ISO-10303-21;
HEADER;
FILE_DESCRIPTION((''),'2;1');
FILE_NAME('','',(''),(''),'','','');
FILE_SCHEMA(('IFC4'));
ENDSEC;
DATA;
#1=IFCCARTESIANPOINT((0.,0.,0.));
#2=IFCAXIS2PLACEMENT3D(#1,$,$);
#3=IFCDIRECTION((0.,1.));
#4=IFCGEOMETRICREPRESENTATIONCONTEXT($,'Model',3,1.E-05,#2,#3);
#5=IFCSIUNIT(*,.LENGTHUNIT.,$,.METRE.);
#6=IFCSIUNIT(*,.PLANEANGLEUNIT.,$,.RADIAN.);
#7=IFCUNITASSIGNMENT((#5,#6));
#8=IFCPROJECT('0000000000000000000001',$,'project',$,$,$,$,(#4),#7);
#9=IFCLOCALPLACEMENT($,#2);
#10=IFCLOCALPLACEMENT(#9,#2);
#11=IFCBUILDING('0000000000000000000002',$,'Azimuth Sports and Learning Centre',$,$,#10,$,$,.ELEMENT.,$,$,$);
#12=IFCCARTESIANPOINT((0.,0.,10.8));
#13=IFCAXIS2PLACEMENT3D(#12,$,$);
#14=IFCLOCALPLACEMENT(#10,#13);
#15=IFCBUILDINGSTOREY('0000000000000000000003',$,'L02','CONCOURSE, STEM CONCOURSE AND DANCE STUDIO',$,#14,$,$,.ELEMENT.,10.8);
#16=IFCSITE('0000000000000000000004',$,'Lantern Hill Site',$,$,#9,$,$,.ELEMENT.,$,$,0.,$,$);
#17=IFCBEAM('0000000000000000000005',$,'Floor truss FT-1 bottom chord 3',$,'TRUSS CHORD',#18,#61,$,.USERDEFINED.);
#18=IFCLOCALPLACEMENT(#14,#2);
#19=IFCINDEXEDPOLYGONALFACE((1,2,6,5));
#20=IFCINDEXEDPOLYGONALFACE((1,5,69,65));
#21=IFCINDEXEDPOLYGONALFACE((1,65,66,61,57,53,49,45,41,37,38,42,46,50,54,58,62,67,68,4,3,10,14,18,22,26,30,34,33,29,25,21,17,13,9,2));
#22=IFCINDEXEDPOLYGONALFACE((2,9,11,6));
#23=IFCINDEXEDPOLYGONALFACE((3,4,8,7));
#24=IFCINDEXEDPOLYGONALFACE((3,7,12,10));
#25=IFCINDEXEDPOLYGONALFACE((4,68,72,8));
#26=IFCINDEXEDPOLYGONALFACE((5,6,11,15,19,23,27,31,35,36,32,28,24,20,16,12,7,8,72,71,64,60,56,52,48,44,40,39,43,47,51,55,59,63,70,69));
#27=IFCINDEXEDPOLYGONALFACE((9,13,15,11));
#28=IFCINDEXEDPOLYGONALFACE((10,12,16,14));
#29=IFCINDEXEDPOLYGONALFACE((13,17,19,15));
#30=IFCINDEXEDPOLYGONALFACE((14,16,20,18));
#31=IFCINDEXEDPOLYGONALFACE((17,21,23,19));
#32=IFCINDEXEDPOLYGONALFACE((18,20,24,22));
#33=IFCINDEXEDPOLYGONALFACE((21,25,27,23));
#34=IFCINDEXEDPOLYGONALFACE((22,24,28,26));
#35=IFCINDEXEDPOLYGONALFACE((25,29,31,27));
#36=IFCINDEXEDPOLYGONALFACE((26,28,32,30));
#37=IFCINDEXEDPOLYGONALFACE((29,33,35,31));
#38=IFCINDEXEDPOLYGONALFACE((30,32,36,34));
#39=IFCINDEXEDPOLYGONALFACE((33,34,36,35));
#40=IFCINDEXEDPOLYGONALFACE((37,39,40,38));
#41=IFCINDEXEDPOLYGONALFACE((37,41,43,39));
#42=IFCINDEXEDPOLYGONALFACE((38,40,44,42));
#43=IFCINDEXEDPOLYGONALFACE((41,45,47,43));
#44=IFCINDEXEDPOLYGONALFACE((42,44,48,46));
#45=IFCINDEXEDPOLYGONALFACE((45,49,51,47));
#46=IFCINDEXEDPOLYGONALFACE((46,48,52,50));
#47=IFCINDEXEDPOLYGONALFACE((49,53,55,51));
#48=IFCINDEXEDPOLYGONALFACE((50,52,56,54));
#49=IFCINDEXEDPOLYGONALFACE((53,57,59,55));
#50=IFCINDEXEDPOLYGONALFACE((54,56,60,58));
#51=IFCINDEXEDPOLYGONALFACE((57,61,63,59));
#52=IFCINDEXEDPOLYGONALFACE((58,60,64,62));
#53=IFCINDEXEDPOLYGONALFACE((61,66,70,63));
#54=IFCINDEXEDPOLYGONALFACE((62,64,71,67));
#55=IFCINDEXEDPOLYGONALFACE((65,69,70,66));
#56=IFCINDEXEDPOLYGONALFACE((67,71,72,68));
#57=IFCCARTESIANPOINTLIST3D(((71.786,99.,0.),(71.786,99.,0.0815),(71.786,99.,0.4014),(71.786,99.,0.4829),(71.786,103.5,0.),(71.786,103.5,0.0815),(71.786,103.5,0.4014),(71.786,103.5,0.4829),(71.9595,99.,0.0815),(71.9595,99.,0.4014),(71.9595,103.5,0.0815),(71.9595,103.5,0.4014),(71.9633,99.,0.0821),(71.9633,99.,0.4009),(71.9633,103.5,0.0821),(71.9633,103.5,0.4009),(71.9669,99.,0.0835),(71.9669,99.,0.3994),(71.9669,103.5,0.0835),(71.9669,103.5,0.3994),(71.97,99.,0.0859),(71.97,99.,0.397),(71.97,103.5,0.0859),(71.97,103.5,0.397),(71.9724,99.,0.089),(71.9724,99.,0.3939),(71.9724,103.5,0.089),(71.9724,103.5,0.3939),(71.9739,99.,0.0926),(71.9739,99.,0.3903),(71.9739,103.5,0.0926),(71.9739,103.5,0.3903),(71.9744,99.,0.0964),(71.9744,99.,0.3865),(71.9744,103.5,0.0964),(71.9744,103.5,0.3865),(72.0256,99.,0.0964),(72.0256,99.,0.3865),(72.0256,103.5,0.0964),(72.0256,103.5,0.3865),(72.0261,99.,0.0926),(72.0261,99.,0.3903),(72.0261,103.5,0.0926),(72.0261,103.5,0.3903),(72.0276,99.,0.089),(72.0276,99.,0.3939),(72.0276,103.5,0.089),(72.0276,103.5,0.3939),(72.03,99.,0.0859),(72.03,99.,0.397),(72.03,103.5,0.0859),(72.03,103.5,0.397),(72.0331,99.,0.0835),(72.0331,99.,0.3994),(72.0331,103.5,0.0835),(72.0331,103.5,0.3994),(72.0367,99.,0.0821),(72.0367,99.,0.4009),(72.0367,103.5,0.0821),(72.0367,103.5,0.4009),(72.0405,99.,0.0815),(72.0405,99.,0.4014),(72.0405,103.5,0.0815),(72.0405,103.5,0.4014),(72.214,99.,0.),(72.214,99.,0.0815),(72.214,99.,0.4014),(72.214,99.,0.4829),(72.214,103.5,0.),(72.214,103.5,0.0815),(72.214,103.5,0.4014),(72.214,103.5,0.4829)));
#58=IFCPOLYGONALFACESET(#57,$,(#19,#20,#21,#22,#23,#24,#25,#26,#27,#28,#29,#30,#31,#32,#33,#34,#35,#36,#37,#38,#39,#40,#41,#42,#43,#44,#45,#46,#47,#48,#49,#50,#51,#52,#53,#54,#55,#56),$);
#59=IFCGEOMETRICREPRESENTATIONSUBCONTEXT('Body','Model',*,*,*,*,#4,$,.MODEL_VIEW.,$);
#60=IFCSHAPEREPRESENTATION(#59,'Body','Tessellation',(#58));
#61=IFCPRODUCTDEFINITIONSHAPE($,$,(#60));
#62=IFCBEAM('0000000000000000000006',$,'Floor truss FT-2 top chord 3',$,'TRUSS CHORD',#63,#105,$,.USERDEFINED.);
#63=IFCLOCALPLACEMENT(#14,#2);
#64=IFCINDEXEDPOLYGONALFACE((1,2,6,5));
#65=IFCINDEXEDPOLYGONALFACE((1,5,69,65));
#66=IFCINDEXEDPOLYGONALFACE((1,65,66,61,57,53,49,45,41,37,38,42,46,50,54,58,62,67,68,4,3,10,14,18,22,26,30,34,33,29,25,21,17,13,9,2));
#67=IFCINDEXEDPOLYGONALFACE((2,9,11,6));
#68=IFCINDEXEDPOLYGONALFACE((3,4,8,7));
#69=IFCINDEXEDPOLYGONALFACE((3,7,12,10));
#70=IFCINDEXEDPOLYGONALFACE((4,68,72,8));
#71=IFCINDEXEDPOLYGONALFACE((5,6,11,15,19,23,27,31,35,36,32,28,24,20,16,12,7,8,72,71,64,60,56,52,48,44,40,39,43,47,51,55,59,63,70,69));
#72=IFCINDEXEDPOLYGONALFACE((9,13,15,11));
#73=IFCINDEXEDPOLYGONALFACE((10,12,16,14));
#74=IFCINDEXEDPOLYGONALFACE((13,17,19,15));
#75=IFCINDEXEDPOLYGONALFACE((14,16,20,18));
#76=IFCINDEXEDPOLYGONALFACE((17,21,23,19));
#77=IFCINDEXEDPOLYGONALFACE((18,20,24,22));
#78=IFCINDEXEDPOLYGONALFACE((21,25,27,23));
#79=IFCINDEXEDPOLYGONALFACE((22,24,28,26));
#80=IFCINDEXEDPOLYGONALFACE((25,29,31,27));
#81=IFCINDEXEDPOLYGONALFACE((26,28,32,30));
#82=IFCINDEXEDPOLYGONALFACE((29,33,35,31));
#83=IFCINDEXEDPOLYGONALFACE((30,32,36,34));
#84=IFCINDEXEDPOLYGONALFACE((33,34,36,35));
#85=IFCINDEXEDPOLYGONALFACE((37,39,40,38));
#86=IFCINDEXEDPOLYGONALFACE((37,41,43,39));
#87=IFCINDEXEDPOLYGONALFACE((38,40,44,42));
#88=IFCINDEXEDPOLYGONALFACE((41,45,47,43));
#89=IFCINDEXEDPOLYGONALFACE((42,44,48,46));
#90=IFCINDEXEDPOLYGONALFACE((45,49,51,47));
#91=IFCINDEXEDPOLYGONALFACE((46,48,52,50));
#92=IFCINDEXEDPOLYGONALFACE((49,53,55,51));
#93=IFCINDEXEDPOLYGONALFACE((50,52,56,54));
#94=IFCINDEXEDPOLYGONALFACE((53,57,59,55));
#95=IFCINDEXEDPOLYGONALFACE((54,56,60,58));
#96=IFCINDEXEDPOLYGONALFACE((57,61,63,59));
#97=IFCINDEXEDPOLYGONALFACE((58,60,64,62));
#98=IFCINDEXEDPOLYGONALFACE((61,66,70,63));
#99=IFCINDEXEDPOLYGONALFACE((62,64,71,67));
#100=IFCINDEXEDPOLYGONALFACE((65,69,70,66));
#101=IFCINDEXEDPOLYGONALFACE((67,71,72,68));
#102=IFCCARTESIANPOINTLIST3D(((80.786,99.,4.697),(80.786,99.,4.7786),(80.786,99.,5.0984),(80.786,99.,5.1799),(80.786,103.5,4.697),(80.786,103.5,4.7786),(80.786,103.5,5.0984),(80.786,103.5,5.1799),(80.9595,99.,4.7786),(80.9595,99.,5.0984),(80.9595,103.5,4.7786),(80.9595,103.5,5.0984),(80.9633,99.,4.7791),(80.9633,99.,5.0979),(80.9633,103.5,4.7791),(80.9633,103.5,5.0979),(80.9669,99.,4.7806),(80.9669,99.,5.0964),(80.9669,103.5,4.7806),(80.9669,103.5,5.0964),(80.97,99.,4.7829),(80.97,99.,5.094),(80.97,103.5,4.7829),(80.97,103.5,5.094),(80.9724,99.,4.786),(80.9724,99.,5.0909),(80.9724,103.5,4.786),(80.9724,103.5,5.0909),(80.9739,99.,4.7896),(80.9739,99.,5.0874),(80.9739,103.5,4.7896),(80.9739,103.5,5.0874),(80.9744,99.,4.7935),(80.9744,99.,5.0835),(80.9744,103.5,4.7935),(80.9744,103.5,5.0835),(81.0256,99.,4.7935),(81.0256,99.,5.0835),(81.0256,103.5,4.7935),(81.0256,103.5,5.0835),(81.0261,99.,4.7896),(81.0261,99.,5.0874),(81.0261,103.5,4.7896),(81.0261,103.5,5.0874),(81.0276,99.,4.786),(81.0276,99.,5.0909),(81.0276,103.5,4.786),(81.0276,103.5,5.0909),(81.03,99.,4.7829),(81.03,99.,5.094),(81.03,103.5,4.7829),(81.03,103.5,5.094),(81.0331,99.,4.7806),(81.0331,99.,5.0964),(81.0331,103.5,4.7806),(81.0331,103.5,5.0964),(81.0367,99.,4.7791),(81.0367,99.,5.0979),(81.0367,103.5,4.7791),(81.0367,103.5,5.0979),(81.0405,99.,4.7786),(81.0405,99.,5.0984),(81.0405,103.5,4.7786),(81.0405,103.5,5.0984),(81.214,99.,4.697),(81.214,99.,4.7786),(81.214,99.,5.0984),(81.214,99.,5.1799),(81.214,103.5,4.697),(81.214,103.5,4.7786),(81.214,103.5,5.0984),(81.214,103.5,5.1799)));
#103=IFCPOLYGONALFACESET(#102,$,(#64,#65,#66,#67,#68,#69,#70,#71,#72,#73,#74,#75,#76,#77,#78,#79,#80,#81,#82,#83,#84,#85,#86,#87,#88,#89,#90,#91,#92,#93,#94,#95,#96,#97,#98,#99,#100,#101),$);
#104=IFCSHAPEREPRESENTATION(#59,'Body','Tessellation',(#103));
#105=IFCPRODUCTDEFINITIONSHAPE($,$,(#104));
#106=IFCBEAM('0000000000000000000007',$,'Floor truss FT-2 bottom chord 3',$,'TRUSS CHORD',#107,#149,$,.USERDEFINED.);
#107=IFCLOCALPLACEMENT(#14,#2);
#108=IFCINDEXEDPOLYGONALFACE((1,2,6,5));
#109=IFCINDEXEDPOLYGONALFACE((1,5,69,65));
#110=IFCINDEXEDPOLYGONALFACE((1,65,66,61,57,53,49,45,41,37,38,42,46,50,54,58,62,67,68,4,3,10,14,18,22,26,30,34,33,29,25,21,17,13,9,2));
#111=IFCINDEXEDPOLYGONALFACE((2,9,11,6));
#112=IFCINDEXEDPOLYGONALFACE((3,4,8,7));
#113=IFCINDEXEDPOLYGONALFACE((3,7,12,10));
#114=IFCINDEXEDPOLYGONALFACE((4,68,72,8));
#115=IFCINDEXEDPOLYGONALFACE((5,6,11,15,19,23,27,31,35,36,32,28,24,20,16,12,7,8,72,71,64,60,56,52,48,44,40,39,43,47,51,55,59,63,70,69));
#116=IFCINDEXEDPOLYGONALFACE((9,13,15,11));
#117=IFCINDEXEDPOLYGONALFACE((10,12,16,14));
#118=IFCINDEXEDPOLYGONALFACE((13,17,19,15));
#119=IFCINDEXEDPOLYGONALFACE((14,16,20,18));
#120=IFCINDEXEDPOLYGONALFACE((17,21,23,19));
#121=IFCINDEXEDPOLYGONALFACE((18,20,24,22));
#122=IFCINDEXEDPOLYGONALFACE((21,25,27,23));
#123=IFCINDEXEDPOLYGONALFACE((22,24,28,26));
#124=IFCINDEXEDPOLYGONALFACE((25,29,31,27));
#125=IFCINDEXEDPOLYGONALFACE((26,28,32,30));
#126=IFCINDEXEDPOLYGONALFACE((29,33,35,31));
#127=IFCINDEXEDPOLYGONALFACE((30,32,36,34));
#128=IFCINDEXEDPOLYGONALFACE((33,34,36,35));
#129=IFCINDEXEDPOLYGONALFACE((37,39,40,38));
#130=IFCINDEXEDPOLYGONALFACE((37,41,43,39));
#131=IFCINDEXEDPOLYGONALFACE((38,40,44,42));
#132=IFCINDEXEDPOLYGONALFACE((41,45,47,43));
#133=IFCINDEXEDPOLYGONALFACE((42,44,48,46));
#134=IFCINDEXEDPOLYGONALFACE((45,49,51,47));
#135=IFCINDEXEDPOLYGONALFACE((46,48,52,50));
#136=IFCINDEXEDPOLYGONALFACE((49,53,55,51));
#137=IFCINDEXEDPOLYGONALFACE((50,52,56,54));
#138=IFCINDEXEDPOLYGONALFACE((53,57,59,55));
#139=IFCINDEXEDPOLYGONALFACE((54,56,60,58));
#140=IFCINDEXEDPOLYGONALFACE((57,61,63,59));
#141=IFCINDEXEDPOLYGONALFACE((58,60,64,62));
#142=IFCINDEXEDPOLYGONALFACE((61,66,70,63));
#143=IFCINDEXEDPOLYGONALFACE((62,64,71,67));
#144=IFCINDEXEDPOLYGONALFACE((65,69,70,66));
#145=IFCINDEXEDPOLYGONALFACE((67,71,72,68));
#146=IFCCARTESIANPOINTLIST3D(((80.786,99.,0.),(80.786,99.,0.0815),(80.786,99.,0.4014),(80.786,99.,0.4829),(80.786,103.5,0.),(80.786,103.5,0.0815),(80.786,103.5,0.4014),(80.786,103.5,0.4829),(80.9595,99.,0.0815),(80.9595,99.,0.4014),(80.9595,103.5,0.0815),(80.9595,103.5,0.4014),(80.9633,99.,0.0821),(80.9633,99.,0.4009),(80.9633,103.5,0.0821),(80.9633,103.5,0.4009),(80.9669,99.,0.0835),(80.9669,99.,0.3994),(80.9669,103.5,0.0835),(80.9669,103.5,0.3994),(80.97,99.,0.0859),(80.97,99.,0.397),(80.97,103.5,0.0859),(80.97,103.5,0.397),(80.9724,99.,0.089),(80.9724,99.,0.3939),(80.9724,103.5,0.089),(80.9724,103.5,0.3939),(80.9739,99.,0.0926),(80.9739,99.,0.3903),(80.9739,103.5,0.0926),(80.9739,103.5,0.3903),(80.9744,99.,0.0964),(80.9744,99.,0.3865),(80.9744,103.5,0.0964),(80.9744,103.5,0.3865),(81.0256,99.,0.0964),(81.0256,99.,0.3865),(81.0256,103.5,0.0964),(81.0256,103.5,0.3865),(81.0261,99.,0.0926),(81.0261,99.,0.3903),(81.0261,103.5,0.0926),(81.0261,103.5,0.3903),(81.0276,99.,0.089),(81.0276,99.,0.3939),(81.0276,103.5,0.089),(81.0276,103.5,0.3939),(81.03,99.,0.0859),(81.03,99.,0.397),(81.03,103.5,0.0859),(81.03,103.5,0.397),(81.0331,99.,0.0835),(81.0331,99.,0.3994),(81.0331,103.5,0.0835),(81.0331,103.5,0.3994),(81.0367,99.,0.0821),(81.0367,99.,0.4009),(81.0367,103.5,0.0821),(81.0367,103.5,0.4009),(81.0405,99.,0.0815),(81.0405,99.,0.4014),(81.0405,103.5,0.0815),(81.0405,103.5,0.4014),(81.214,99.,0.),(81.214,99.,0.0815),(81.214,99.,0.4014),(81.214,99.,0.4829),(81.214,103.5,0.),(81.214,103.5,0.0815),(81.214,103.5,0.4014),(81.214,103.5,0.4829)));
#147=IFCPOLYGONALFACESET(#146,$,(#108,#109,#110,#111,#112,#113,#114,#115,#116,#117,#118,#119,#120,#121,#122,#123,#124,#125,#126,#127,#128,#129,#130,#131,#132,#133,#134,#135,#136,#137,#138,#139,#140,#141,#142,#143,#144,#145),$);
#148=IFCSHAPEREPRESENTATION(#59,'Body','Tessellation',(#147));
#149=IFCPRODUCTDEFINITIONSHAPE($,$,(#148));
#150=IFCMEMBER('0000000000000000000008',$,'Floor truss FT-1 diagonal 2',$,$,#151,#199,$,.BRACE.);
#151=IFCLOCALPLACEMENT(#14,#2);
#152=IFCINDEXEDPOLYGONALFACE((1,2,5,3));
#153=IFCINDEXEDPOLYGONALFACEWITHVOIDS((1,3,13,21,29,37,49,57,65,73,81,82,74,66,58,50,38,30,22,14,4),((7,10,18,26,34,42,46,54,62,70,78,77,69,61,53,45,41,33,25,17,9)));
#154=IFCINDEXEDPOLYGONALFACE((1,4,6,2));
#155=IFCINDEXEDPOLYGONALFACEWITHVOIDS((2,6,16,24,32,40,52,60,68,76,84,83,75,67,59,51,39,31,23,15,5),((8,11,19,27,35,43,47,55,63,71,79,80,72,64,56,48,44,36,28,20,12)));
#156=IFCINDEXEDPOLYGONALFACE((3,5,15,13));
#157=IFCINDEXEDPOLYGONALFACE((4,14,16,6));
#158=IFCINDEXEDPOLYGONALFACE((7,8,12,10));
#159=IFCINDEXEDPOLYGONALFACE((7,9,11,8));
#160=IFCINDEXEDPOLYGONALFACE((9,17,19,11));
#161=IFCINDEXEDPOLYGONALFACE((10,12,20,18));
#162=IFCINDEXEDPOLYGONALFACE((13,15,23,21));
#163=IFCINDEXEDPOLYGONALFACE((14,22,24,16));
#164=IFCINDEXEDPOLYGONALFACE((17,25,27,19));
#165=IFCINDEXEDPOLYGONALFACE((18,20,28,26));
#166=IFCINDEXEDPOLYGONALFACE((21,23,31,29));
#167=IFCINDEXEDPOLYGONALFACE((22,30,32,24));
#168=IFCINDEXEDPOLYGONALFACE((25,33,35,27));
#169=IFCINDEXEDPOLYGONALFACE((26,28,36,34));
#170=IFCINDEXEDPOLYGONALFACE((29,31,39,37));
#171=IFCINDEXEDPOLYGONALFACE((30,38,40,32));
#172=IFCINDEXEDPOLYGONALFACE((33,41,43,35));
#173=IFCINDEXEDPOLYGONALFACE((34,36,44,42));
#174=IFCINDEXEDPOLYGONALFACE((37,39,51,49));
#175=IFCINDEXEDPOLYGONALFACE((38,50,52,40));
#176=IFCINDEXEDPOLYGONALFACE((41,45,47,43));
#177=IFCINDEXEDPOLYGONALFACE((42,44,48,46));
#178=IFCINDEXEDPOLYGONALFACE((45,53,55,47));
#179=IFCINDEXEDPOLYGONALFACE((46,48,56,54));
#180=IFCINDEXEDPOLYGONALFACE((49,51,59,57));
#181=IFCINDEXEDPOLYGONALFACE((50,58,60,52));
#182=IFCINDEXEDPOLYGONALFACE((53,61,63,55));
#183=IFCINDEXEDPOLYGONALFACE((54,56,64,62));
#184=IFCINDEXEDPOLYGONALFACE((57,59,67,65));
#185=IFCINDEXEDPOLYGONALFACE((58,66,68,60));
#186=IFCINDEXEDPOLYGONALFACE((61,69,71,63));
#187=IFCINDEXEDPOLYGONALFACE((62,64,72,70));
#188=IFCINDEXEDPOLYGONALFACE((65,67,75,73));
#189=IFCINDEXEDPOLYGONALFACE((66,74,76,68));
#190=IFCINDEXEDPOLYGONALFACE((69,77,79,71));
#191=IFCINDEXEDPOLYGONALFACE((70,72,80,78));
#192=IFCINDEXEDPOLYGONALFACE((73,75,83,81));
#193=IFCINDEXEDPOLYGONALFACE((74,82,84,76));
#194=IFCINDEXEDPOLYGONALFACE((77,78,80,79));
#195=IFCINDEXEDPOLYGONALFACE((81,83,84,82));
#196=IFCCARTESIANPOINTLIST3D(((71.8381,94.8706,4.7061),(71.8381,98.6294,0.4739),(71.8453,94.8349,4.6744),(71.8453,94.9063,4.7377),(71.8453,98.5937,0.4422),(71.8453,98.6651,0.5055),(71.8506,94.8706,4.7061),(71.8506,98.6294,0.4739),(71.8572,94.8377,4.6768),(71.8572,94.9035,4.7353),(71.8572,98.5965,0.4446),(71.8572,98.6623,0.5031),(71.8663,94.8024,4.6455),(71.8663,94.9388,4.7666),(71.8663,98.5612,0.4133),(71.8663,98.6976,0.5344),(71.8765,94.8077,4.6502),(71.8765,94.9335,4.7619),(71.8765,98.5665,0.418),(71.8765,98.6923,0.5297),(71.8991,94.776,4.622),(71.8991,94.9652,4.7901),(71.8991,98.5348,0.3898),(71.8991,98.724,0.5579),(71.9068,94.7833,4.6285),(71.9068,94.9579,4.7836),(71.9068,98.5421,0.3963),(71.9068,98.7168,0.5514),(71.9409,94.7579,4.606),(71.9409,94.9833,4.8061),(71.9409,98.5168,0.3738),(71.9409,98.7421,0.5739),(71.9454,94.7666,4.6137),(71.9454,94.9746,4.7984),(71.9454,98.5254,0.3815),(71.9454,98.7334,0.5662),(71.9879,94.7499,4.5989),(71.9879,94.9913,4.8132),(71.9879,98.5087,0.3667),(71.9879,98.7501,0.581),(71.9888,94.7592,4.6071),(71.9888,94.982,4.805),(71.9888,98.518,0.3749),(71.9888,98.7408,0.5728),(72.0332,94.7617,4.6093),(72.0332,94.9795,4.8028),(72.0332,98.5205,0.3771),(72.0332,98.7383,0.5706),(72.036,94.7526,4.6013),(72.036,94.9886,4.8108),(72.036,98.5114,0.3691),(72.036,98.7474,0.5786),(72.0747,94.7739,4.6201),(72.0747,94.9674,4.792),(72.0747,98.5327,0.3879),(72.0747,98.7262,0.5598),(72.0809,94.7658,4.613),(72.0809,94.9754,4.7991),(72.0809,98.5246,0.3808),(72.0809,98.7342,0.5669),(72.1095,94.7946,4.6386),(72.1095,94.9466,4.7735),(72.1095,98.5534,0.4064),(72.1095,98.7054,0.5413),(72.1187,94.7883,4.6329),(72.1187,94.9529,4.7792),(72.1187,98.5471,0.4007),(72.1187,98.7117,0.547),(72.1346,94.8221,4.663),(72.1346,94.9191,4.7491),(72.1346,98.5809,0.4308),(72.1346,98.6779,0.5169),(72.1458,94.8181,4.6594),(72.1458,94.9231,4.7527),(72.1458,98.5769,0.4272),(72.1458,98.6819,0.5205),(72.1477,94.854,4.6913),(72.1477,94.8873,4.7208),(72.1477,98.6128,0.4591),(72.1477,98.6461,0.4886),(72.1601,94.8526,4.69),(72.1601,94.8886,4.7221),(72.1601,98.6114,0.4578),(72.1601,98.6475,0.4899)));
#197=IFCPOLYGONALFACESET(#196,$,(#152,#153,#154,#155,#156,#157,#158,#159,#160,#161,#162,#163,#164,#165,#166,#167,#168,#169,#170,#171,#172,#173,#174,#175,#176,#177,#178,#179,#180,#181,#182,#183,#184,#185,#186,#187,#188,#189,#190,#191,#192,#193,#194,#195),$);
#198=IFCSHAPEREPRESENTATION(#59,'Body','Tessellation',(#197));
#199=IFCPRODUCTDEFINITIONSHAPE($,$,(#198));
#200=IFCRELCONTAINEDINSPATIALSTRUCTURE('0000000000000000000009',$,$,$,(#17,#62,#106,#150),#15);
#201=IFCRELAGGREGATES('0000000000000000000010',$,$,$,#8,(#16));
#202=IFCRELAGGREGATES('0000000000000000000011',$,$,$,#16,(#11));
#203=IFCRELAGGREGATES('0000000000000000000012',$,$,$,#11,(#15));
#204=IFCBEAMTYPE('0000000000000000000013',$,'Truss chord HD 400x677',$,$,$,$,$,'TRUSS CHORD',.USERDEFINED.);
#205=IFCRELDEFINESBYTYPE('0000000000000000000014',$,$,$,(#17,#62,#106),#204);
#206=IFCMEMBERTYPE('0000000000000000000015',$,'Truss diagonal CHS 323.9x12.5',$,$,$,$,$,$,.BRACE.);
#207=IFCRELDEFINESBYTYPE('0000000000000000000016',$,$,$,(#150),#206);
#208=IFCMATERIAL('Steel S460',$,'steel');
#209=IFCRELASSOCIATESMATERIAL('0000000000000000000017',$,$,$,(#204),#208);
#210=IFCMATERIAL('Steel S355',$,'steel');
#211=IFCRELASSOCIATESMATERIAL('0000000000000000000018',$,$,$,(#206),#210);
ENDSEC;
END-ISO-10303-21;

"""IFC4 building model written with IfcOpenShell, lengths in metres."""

from ifc_helpers import new_model, si_unit, direction, frame, origin, origin_2d, place, context, subcontext, project, spatial, hollow_circle, i_section, extrude, material, material_profile, profile_set, type_object, element, save


model = new_model("IFC4")

# Units and contexts
model_context = context("Model", 3, precision=1e-05, world=origin(), true_north=direction((0.0, 1.0)))
body_context = subcontext(model_context, "Body", "Model", "MODEL_VIEW")
ifc_project = project(units=[si_unit("LENGTHUNIT", "METRE"), si_unit("PLANEANGLEUNIT", "RADIAN")], contexts=[model_context])

# Site, building, storey
site_placement = place(None, origin())
site = spatial("IfcSite", under=ifc_project, at=site_placement, Name="Lantern Hill Site", CompositionType="ELEMENT", RefElevation=0.0)
building_placement = place(site_placement, origin())
building = spatial("IfcBuilding", under=site, at=building_placement, Name="Azimuth Sports and Learning Centre", CompositionType="ELEMENT")
storey_placement = place(building_placement, frame((0.0, 0.0, 10.8)))
storey = spatial("IfcBuildingStorey", under=building, at=storey_placement, Name="L02", Description="CONCOURSE, STEM CONCOURSE AND DANCE STUDIO", CompositionType="ELEMENT", Elevation=10.8)

# Beams
ifc_material_1 = material(Name="Steel S460", Category="steel")
ifc_material_profile_1 = material_profile(ifc_material_1, i_section(OverallWidth=0.428, OverallDepth=0.4829, WebThickness=0.0513, FlangeThickness=0.0815, FilletRadius=0.0149, at=origin_2d()), Name="HD 400x677")
ifc_profile_set_1 = profile_set([ifc_material_profile_1], Name="Steel S460")
beam_type_1 = type_object("IfcBeamType", Name="Truss chord HD 400x677", ElementType="TRUSS CHORD", PredefinedType="USERDEFINED", material=ifc_profile_set_1)
for number, where, z_axis, x_axis, name in (
    (1, (72.0, 99.0, 0.2415), (0.0, 1.0, 0.0), (-1.0, 0.0, 0.0), "Floor truss FT-1 bottom chord 3"),
    (2, (81.0, 99.0, 4.9385), (0.0, 1.0, 0.0), (-1.0, 0.0, 0.0), "Floor truss FT-2 top chord 3"),
    (3, (81.0, 99.0, 0.2415), (0.0, 1.0, 0.0), (-1.0, 0.0, 0.0), "Floor truss FT-2 bottom chord 3"),
):
    element("IfcBeam", number, at=place(storey_placement, frame(where, z_axis=z_axis, x_axis=x_axis)), inside=storey, type_object=beam_type_1, Name=name, ObjectType="TRUSS CHORD", PredefinedType="USERDEFINED", context=body_context, shape_type="SweptSolid", body=[
        extrude(i_section(OverallWidth=0.428, OverallDepth=0.4829, WebThickness=0.0513, FlangeThickness=0.0815, FilletRadius=0.0149, at=origin_2d()), origin(), (0.0, 0.0, 1.0), 4.5),
    ])

# Member
ifc_material_2 = material(Name="Steel S355", Category="steel")
ifc_material_profile_2 = material_profile(ifc_material_2, hollow_circle(Radius=0.1619, WallThickness=0.0125, at=origin_2d()), Name="CHS 323.9x12.5")
ifc_profile_set_2 = profile_set([ifc_material_profile_2], Name="Steel S355")
member_type_1 = type_object("IfcMemberType", Name="Truss diagonal CHS 323.9x12.5", PredefinedType="BRACE", material=ifc_profile_set_2)
for number, where, z_axis, x_axis, name in (
    (4, (72.0, 94.8706, 4.7061), (0.0, 0.664053, -0.747685), (-1.0, 0.0, 0.0), "Floor truss FT-1 diagonal 2"),
):
    element("IfcMember", number, at=place(storey_placement, frame(where, z_axis=z_axis, x_axis=x_axis)), inside=storey, type_object=member_type_1, Name=name, PredefinedType="BRACE", context=body_context, shape_type="SweptSolid", body=[
        extrude(hollow_circle(Radius=0.1619, WallThickness=0.0125, at=origin_2d()), origin(), (0.0, 0.0, 1.0), 5.6604),
    ])

save(model, "model.ifc")
